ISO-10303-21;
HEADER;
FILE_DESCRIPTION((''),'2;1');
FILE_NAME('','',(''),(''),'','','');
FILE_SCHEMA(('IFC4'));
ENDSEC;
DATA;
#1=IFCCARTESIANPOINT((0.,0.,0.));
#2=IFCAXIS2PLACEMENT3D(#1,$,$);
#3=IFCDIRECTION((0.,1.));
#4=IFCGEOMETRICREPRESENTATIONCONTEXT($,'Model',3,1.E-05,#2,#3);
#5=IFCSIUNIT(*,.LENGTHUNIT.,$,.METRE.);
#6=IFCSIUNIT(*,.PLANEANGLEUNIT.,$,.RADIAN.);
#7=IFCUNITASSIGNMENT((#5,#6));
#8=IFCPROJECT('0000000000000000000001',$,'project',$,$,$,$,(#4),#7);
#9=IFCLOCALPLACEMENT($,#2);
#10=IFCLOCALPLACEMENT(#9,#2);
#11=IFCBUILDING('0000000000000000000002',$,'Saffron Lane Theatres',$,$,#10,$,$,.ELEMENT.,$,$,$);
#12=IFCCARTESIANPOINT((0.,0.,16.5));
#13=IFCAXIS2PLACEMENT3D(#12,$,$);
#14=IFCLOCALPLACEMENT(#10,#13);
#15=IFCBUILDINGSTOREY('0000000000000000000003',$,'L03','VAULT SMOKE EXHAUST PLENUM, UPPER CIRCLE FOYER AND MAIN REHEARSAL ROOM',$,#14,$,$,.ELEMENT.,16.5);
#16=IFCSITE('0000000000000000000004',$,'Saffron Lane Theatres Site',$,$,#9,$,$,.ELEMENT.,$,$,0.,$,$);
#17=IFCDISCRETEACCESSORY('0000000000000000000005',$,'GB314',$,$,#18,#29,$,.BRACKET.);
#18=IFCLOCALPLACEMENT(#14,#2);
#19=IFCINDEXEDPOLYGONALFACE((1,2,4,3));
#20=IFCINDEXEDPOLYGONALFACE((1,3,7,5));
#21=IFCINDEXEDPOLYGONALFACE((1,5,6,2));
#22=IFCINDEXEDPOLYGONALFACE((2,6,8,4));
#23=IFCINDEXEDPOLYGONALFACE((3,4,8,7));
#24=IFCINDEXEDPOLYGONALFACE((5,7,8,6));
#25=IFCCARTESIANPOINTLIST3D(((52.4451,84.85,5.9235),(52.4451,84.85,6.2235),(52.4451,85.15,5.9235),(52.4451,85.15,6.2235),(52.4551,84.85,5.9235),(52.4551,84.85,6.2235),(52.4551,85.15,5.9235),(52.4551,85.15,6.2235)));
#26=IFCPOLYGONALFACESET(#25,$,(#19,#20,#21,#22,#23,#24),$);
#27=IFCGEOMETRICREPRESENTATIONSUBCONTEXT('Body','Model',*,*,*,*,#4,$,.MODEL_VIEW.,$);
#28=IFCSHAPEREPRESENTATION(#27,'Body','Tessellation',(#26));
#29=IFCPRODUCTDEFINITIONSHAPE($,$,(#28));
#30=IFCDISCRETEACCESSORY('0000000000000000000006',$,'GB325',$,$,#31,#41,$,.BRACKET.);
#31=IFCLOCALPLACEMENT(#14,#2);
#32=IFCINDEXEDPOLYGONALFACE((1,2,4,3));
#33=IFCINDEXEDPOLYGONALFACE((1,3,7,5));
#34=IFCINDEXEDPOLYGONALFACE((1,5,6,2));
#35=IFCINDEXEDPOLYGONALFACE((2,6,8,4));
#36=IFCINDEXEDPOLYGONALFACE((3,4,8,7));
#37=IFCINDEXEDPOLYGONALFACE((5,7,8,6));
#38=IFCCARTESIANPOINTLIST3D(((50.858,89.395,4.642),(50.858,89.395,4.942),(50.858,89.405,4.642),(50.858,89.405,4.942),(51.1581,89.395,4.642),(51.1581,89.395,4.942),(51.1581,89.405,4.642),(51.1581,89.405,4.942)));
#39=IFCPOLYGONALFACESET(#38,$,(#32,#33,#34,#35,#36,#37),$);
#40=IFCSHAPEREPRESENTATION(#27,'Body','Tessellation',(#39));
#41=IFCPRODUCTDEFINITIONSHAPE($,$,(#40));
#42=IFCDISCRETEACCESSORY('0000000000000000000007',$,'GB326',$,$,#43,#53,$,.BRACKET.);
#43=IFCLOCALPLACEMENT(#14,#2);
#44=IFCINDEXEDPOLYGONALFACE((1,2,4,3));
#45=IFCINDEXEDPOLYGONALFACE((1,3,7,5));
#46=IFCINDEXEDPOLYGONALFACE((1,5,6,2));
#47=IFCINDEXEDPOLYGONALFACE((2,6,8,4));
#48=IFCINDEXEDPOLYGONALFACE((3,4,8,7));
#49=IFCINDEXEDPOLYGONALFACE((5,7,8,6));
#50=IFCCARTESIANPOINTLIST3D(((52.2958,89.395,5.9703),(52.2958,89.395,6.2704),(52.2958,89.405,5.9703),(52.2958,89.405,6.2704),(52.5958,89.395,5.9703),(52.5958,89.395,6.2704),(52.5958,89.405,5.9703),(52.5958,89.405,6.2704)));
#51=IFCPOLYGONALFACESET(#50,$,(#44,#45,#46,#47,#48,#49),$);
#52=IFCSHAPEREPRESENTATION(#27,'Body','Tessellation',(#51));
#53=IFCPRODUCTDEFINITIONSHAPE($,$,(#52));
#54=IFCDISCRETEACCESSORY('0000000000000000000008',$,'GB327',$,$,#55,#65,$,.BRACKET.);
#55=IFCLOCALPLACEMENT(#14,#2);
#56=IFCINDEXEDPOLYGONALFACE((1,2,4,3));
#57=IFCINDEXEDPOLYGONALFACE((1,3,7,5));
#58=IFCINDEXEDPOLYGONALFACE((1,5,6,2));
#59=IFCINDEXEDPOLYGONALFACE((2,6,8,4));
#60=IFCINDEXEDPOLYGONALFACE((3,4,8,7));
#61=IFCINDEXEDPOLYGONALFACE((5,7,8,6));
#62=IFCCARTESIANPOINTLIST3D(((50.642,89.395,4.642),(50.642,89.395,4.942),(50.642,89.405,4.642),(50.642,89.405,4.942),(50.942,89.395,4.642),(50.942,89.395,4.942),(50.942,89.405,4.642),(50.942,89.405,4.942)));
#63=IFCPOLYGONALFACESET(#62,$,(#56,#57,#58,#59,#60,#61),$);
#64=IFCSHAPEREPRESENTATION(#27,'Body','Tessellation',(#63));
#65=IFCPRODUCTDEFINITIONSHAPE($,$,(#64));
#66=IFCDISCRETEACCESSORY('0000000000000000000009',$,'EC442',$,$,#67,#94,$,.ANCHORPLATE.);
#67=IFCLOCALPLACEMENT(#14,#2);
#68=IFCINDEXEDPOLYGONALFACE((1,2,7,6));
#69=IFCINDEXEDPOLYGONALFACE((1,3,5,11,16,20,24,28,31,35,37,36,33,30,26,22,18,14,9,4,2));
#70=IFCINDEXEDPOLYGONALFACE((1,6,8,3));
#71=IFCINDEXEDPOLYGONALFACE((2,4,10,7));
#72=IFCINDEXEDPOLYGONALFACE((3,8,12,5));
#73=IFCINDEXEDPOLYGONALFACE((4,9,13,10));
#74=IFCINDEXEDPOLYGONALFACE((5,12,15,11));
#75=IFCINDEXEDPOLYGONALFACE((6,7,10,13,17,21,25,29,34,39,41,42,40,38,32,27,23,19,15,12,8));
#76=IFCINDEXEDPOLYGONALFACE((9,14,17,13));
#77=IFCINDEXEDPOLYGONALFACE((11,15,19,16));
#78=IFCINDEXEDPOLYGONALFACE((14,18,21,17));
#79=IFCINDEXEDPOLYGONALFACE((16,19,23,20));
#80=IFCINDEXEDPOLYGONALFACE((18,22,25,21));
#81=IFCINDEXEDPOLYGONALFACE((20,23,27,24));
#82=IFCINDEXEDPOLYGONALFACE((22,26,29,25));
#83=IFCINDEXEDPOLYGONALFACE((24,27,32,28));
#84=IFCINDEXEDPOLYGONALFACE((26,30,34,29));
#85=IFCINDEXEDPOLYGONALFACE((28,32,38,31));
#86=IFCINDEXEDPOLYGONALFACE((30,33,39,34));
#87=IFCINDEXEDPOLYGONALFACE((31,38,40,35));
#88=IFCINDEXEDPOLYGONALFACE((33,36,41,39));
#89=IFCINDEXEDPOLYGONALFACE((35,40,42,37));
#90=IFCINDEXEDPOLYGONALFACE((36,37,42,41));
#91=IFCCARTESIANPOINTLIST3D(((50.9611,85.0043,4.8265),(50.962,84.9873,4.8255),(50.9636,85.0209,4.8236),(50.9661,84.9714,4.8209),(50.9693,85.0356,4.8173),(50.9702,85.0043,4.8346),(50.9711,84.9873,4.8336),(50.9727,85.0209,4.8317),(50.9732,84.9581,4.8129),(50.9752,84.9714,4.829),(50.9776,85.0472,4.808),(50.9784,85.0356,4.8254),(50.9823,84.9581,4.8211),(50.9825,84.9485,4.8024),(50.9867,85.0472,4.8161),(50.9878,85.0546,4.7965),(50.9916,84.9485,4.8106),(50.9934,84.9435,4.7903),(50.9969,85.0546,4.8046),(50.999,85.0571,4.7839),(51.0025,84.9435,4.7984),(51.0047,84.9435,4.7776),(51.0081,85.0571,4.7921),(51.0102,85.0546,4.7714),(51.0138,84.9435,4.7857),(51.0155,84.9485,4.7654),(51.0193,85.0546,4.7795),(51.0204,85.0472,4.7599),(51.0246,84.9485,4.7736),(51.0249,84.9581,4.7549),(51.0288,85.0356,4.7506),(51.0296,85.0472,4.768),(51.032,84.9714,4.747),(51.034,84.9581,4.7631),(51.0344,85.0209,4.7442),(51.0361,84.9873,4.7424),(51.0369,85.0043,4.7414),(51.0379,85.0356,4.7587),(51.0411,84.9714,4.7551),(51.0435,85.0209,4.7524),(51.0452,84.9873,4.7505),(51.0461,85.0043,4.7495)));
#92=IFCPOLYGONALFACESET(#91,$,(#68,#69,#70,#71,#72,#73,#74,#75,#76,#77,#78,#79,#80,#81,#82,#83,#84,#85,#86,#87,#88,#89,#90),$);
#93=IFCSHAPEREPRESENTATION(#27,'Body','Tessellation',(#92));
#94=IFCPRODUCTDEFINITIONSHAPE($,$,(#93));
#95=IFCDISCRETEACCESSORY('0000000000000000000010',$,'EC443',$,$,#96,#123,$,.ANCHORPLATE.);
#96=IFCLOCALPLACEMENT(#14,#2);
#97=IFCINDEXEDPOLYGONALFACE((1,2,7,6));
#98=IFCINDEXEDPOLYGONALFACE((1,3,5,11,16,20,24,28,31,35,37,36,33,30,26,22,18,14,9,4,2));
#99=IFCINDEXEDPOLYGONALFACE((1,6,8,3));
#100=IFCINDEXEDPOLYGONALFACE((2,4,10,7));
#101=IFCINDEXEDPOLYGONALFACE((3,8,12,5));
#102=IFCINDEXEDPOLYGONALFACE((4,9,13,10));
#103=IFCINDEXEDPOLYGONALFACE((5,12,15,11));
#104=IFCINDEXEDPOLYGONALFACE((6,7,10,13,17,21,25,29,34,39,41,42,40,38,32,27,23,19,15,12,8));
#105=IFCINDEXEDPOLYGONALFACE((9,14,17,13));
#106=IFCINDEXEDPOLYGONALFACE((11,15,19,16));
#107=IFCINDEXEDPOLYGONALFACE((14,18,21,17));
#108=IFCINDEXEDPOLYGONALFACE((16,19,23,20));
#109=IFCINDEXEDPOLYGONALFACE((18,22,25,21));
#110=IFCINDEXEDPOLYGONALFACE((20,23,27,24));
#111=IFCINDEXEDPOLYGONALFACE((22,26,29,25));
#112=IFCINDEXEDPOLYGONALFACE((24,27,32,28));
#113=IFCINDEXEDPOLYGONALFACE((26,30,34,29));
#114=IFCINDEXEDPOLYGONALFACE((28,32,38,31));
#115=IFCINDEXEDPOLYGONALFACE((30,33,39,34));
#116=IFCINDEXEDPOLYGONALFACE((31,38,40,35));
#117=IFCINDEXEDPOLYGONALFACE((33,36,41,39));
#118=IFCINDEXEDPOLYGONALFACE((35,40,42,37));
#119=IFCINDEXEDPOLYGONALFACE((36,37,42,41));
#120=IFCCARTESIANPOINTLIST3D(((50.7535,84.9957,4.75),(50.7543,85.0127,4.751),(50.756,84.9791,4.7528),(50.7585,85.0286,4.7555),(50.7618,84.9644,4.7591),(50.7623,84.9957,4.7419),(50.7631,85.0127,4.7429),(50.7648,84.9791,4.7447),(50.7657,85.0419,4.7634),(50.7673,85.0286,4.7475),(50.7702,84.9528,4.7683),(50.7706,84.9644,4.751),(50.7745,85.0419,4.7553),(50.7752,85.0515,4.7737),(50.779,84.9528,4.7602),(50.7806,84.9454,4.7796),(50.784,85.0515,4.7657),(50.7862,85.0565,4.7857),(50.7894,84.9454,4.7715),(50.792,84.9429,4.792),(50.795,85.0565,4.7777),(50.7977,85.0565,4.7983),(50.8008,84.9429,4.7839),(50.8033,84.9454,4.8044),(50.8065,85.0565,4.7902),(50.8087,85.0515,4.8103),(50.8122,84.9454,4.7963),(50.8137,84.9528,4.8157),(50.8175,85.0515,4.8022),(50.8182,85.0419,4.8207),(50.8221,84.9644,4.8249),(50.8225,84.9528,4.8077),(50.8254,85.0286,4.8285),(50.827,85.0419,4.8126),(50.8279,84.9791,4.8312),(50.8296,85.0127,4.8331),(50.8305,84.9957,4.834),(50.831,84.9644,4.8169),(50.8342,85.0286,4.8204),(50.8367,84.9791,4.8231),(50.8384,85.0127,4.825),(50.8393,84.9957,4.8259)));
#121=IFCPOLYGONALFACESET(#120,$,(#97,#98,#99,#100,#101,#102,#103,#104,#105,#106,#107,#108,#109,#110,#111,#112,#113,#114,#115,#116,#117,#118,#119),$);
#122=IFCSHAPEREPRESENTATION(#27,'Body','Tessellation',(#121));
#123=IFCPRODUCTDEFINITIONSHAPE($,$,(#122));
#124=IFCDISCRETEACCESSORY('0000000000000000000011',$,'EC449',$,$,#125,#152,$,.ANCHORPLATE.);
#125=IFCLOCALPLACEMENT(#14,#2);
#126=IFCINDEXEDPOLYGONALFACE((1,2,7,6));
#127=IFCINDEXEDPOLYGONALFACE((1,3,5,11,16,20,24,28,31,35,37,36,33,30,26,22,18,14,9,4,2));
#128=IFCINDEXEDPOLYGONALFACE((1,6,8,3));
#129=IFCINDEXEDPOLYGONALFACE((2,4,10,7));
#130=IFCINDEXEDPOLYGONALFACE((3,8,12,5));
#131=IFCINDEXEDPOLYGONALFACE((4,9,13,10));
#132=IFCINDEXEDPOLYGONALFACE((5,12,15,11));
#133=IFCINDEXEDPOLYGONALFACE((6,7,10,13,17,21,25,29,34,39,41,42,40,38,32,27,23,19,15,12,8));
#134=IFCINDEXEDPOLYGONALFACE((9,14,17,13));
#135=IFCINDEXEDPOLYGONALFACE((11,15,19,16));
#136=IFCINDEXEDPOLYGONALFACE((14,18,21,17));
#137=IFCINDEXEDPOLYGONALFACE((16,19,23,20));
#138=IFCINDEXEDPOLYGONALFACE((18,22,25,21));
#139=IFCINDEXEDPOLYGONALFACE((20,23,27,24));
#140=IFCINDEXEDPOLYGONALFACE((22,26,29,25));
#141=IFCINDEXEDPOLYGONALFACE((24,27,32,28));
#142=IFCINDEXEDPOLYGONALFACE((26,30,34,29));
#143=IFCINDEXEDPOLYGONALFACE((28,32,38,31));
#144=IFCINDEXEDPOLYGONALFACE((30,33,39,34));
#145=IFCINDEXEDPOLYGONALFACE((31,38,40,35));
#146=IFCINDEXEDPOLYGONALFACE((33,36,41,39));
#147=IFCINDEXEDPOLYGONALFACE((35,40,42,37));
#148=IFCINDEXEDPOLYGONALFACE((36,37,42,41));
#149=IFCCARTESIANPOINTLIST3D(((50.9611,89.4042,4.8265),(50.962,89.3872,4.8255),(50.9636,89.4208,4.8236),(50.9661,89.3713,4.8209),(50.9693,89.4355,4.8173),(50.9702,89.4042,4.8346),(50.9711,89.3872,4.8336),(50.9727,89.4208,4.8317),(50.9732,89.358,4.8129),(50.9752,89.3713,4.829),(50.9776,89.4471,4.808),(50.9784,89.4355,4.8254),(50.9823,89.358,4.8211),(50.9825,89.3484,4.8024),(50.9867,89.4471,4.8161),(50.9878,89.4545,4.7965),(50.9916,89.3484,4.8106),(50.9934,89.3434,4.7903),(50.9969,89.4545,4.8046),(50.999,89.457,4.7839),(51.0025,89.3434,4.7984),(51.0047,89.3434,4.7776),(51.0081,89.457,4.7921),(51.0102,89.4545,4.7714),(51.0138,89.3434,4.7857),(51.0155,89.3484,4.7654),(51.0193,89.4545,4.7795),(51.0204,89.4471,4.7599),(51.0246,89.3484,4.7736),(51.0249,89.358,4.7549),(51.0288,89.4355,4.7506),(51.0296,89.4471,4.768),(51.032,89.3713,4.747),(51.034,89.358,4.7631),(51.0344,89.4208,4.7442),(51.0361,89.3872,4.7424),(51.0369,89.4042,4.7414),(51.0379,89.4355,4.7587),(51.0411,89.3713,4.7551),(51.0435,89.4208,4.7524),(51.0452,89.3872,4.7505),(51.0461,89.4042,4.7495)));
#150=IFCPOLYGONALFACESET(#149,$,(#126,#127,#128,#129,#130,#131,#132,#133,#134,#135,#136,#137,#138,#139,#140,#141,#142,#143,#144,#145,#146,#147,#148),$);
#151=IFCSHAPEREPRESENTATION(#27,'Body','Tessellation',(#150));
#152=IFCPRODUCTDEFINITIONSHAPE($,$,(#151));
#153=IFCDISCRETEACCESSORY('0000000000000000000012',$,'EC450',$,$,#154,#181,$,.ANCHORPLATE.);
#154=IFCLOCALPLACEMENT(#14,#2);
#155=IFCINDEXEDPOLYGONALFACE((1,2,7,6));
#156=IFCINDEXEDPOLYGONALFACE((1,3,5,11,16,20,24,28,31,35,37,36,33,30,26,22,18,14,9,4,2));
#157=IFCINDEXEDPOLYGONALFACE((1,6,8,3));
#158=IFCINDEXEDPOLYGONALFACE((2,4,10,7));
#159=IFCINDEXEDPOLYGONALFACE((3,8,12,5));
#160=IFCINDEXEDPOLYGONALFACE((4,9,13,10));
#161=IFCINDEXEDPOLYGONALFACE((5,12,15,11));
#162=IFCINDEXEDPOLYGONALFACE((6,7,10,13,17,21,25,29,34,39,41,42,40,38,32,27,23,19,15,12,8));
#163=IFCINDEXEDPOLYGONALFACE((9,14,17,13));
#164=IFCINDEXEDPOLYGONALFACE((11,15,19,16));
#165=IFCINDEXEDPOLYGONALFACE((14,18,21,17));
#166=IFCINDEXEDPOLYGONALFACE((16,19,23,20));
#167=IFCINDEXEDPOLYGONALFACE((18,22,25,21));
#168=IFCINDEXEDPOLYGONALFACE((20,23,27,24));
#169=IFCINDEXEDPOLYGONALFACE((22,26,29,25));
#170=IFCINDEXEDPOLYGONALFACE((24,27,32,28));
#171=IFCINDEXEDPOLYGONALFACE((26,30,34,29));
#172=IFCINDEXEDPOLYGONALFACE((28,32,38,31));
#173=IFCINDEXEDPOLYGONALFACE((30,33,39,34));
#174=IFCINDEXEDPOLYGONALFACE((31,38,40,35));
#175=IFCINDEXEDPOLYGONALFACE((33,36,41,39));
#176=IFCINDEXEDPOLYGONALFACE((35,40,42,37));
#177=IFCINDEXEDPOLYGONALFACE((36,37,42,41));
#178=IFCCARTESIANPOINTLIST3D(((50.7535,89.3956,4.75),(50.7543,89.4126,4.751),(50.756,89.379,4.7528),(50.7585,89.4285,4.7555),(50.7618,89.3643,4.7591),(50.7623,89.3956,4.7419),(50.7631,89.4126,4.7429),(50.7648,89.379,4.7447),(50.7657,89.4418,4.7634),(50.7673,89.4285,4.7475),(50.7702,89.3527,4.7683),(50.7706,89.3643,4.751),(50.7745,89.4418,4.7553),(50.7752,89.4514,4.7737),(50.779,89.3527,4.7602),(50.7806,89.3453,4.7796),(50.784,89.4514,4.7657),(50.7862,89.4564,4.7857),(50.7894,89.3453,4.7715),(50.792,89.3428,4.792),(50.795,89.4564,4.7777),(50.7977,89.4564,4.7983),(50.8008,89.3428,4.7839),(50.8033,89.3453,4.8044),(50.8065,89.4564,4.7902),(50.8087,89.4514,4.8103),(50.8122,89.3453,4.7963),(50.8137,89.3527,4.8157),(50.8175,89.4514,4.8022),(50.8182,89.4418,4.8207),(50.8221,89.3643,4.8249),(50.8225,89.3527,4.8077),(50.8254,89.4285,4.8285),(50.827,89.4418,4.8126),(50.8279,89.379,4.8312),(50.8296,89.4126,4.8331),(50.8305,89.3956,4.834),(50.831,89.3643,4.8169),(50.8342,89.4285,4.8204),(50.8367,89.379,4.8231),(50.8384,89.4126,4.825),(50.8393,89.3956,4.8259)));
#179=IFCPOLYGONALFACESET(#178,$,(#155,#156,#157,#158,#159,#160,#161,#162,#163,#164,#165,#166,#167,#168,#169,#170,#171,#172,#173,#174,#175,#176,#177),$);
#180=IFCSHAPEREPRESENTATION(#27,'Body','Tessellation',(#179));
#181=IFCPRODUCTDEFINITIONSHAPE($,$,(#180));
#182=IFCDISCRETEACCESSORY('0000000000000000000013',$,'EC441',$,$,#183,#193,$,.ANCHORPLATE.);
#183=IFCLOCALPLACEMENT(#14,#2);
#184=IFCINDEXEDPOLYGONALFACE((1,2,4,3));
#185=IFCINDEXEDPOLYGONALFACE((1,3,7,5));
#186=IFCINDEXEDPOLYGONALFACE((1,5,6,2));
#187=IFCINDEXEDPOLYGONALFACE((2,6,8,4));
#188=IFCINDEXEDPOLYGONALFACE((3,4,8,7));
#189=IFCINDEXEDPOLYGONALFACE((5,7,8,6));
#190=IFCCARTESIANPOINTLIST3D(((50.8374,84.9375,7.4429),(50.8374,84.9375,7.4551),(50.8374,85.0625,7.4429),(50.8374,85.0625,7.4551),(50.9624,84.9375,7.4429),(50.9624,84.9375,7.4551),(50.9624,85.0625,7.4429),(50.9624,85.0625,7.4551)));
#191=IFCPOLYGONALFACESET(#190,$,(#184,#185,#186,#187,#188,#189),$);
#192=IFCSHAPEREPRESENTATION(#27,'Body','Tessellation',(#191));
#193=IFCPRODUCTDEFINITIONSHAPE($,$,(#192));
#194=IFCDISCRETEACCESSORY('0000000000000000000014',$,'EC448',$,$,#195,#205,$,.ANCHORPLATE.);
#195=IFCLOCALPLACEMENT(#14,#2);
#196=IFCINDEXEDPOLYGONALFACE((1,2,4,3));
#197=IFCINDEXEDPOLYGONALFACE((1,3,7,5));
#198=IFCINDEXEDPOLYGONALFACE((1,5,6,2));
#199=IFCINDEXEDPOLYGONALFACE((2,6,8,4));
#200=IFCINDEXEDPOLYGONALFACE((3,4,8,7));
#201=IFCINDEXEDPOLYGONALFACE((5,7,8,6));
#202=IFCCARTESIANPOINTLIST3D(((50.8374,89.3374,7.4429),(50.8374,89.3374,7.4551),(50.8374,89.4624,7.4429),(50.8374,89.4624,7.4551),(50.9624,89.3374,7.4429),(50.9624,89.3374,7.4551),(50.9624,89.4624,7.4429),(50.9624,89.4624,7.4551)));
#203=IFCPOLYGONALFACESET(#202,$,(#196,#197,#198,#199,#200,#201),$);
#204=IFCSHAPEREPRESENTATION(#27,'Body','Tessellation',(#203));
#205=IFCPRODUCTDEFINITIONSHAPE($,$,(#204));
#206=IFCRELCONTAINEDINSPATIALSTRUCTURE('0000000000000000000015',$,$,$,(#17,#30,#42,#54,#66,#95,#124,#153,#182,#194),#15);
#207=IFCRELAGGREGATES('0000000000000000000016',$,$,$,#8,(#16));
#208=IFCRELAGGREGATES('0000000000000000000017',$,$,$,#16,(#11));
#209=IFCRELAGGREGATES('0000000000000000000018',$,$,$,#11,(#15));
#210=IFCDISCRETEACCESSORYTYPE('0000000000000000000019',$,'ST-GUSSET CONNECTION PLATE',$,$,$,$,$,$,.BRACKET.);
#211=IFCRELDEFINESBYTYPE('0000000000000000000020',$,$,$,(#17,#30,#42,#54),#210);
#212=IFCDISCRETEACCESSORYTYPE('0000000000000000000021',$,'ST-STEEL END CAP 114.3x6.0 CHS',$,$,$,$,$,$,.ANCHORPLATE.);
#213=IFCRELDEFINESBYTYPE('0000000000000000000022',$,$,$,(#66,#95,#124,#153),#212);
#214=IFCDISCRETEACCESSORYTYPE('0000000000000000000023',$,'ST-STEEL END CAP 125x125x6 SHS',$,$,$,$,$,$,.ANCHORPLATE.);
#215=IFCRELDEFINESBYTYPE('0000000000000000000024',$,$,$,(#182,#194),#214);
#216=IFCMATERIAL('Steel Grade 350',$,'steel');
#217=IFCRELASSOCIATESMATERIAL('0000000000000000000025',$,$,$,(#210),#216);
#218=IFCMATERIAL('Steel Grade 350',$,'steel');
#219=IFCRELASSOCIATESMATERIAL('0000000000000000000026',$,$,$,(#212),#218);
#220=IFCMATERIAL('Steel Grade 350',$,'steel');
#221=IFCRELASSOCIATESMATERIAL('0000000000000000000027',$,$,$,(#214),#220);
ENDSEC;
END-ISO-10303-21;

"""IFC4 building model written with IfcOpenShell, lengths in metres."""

from ifc_helpers import new_model, si_unit, direction, frame, origin, origin_2d, place, context, subcontext, project, spatial, rectangle, circle, extrude, material, material_profile, profile_set, type_object, element, save


model = new_model("IFC4")

# Units and contexts
model_context = context("Model", 3, precision=1e-05, world=origin(), true_north=direction((0.0, 1.0)))
body_context = subcontext(model_context, "Body", "Model", "MODEL_VIEW")
ifc_project = project(units=[si_unit("LENGTHUNIT", "METRE"), si_unit("PLANEANGLEUNIT", "RADIAN")], contexts=[model_context])

# Site, building, storey
site_placement = place(None, origin())
site = spatial("IfcSite", under=ifc_project, at=site_placement, Name="Saffron Lane Theatres Site", CompositionType="ELEMENT", RefElevation=0.0)
building_placement = place(site_placement, origin())
building = spatial("IfcBuilding", under=site, at=building_placement, Name="Saffron Lane Theatres", CompositionType="ELEMENT")
storey_placement = place(building_placement, frame((0.0, 0.0, 16.5)))
storey = spatial("IfcBuildingStorey", under=building, at=storey_placement, Name="L03", Description="VAULT SMOKE EXHAUST PLENUM, UPPER CIRCLE FOYER AND MAIN REHEARSAL ROOM", CompositionType="ELEMENT", Elevation=16.5)

# Discrete accessories
ifc_material_1 = material(Name="Steel Grade 350", Category="steel")
ifc_material_profile_1 = material_profile(ifc_material_1, rectangle(XDim=0.3, YDim=0.3, at=origin_2d()))
ifc_profile_set_1 = profile_set([ifc_material_profile_1], Name="Steel Grade 350")
discrete_accessory_type_1 = type_object("IfcDiscreteAccessoryType", Name="ST-GUSSET CONNECTION PLATE", PredefinedType="BRACKET", material=ifc_profile_set_1)
for number, where, z_axis, x_axis, name in (
    (1, (52.4451, 85.0, 6.0735), (1.0, 0.0, 0.0), (0.0, 1.0, 0.0), "GB314"),
    (2, (51.0081, 89.395, 4.792), (0.0, 1.0, 0.0), (-1.0, 0.0, 0.0), "GB325"),
    (3, (52.4458, 89.395, 6.1204), (0.0, 1.0, 0.0), (-1.0, 0.0, 0.0), "GB326"),
    (4, (50.792, 89.395, 4.792), (0.0, 1.0, 0.0), (-1.0, 0.0, 0.0), "GB327"),
):
    element("IfcDiscreteAccessory", number, at=place(storey_placement, frame(where, z_axis=z_axis, x_axis=x_axis)), inside=storey, type_object=discrete_accessory_type_1, Name=name, PredefinedType="BRACKET", context=body_context, shape_type="SweptSolid", body=[
        extrude(rectangle(XDim=0.3, YDim=0.3, at=origin_2d()), origin(), (0.0, 0.0, 1.0), 0.01),
    ])
ifc_material_2 = material(Name="Steel Grade 350", Category="steel")
ifc_material_profile_2 = material_profile(ifc_material_2, circle(Radius=0.0571, at=origin_2d()))
ifc_profile_set_2 = profile_set([ifc_material_profile_2], Name="Steel Grade 350")
discrete_accessory_type_2 = type_object("IfcDiscreteAccessoryType", Name="ST-STEEL END CAP 114.3x6.0 CHS", PredefinedType="ANCHORPLATE", material=ifc_profile_set_2)
discrete_accessory_1_placement = place(storey_placement, frame((50.999, 85.0, 4.7839), z_axis=(0.746295, 0.0, 0.665615), x_axis=(0.0, 1.0, 0.0)))
element("IfcDiscreteAccessory", 5, at=discrete_accessory_1_placement, inside=storey, type_object=discrete_accessory_type_2, Name="EC442", PredefinedType="ANCHORPLATE", context=body_context, shape_type="SweptSolid", body=[
    extrude(circle(Radius=0.0571, at=origin_2d()), origin(), (0.0, 0.0, 1.0), 0.0122),
])
discrete_accessory_2_placement = place(storey_placement, frame((50.8008, 85.0, 4.7839), z_axis=(-0.737154, 0.0, 0.675725), x_axis=(0.0, -1.0, 0.0)))
element("IfcDiscreteAccessory", 6, at=discrete_accessory_2_placement, inside=storey, type_object=discrete_accessory_type_2, Name="EC443", PredefinedType="ANCHORPLATE", context=body_context, shape_type="SweptSolid", body=[
    extrude(circle(Radius=0.0571, at=origin_2d()), origin(), (0.0, 0.0, 1.0), 0.012),
])
discrete_accessory_3_placement = place(storey_placement, frame((50.999, 89.3999, 4.7839), z_axis=(0.746295, 0.0, 0.665615), x_axis=(0.0, 1.0, 0.0)))
element("IfcDiscreteAccessory", 7, at=discrete_accessory_3_placement, inside=storey, type_object=discrete_accessory_type_2, Name="EC449", PredefinedType="ANCHORPLATE", context=body_context, shape_type="SweptSolid", body=[
    extrude(circle(Radius=0.0571, at=origin_2d()), origin(), (0.0, 0.0, 1.0), 0.0122),
])
discrete_accessory_4_placement = place(storey_placement, frame((50.8008, 89.3999, 4.7839), z_axis=(-0.737154, 0.0, 0.675725), x_axis=(0.0, -1.0, 0.0)))
element("IfcDiscreteAccessory", 8, at=discrete_accessory_4_placement, inside=storey, type_object=discrete_accessory_type_2, Name="EC450", PredefinedType="ANCHORPLATE", context=body_context, shape_type="SweptSolid", body=[
    extrude(circle(Radius=0.0571, at=origin_2d()), origin(), (0.0, 0.0, 1.0), 0.012),
])
ifc_material_3 = material(Name="Steel Grade 350", Category="steel")
ifc_material_profile_3 = material_profile(ifc_material_3, rectangle(XDim=0.125, YDim=0.125, at=origin_2d()))
ifc_profile_set_3 = profile_set([ifc_material_profile_3], Name="Steel Grade 350")
discrete_accessory_type_3 = type_object("IfcDiscreteAccessoryType", Name="ST-STEEL END CAP 125x125x6 SHS", PredefinedType="ANCHORPLATE", material=ifc_profile_set_3)
for number, where, z_axis, x_axis, name in (
    (9, (50.8999, 85.0, 7.4429), (0.0, 0.0, 1.0), (1.0, 0.0, 0.0), "EC441"),
    (10, (50.8999, 89.3999, 7.4429), (0.0, 0.0, 1.0), (1.0, 0.0, 0.0), "EC448"),
):
    element("IfcDiscreteAccessory", number, at=place(storey_placement, frame(where, z_axis=z_axis, x_axis=x_axis)), inside=storey, type_object=discrete_accessory_type_3, Name=name, PredefinedType="ANCHORPLATE", context=body_context, shape_type="SweptSolid", body=[
        extrude(rectangle(XDim=0.125, YDim=0.125, at=origin_2d()), origin(), (0.0, 0.0, 1.0), 0.0122),
    ])

save(model, "model.ifc")
